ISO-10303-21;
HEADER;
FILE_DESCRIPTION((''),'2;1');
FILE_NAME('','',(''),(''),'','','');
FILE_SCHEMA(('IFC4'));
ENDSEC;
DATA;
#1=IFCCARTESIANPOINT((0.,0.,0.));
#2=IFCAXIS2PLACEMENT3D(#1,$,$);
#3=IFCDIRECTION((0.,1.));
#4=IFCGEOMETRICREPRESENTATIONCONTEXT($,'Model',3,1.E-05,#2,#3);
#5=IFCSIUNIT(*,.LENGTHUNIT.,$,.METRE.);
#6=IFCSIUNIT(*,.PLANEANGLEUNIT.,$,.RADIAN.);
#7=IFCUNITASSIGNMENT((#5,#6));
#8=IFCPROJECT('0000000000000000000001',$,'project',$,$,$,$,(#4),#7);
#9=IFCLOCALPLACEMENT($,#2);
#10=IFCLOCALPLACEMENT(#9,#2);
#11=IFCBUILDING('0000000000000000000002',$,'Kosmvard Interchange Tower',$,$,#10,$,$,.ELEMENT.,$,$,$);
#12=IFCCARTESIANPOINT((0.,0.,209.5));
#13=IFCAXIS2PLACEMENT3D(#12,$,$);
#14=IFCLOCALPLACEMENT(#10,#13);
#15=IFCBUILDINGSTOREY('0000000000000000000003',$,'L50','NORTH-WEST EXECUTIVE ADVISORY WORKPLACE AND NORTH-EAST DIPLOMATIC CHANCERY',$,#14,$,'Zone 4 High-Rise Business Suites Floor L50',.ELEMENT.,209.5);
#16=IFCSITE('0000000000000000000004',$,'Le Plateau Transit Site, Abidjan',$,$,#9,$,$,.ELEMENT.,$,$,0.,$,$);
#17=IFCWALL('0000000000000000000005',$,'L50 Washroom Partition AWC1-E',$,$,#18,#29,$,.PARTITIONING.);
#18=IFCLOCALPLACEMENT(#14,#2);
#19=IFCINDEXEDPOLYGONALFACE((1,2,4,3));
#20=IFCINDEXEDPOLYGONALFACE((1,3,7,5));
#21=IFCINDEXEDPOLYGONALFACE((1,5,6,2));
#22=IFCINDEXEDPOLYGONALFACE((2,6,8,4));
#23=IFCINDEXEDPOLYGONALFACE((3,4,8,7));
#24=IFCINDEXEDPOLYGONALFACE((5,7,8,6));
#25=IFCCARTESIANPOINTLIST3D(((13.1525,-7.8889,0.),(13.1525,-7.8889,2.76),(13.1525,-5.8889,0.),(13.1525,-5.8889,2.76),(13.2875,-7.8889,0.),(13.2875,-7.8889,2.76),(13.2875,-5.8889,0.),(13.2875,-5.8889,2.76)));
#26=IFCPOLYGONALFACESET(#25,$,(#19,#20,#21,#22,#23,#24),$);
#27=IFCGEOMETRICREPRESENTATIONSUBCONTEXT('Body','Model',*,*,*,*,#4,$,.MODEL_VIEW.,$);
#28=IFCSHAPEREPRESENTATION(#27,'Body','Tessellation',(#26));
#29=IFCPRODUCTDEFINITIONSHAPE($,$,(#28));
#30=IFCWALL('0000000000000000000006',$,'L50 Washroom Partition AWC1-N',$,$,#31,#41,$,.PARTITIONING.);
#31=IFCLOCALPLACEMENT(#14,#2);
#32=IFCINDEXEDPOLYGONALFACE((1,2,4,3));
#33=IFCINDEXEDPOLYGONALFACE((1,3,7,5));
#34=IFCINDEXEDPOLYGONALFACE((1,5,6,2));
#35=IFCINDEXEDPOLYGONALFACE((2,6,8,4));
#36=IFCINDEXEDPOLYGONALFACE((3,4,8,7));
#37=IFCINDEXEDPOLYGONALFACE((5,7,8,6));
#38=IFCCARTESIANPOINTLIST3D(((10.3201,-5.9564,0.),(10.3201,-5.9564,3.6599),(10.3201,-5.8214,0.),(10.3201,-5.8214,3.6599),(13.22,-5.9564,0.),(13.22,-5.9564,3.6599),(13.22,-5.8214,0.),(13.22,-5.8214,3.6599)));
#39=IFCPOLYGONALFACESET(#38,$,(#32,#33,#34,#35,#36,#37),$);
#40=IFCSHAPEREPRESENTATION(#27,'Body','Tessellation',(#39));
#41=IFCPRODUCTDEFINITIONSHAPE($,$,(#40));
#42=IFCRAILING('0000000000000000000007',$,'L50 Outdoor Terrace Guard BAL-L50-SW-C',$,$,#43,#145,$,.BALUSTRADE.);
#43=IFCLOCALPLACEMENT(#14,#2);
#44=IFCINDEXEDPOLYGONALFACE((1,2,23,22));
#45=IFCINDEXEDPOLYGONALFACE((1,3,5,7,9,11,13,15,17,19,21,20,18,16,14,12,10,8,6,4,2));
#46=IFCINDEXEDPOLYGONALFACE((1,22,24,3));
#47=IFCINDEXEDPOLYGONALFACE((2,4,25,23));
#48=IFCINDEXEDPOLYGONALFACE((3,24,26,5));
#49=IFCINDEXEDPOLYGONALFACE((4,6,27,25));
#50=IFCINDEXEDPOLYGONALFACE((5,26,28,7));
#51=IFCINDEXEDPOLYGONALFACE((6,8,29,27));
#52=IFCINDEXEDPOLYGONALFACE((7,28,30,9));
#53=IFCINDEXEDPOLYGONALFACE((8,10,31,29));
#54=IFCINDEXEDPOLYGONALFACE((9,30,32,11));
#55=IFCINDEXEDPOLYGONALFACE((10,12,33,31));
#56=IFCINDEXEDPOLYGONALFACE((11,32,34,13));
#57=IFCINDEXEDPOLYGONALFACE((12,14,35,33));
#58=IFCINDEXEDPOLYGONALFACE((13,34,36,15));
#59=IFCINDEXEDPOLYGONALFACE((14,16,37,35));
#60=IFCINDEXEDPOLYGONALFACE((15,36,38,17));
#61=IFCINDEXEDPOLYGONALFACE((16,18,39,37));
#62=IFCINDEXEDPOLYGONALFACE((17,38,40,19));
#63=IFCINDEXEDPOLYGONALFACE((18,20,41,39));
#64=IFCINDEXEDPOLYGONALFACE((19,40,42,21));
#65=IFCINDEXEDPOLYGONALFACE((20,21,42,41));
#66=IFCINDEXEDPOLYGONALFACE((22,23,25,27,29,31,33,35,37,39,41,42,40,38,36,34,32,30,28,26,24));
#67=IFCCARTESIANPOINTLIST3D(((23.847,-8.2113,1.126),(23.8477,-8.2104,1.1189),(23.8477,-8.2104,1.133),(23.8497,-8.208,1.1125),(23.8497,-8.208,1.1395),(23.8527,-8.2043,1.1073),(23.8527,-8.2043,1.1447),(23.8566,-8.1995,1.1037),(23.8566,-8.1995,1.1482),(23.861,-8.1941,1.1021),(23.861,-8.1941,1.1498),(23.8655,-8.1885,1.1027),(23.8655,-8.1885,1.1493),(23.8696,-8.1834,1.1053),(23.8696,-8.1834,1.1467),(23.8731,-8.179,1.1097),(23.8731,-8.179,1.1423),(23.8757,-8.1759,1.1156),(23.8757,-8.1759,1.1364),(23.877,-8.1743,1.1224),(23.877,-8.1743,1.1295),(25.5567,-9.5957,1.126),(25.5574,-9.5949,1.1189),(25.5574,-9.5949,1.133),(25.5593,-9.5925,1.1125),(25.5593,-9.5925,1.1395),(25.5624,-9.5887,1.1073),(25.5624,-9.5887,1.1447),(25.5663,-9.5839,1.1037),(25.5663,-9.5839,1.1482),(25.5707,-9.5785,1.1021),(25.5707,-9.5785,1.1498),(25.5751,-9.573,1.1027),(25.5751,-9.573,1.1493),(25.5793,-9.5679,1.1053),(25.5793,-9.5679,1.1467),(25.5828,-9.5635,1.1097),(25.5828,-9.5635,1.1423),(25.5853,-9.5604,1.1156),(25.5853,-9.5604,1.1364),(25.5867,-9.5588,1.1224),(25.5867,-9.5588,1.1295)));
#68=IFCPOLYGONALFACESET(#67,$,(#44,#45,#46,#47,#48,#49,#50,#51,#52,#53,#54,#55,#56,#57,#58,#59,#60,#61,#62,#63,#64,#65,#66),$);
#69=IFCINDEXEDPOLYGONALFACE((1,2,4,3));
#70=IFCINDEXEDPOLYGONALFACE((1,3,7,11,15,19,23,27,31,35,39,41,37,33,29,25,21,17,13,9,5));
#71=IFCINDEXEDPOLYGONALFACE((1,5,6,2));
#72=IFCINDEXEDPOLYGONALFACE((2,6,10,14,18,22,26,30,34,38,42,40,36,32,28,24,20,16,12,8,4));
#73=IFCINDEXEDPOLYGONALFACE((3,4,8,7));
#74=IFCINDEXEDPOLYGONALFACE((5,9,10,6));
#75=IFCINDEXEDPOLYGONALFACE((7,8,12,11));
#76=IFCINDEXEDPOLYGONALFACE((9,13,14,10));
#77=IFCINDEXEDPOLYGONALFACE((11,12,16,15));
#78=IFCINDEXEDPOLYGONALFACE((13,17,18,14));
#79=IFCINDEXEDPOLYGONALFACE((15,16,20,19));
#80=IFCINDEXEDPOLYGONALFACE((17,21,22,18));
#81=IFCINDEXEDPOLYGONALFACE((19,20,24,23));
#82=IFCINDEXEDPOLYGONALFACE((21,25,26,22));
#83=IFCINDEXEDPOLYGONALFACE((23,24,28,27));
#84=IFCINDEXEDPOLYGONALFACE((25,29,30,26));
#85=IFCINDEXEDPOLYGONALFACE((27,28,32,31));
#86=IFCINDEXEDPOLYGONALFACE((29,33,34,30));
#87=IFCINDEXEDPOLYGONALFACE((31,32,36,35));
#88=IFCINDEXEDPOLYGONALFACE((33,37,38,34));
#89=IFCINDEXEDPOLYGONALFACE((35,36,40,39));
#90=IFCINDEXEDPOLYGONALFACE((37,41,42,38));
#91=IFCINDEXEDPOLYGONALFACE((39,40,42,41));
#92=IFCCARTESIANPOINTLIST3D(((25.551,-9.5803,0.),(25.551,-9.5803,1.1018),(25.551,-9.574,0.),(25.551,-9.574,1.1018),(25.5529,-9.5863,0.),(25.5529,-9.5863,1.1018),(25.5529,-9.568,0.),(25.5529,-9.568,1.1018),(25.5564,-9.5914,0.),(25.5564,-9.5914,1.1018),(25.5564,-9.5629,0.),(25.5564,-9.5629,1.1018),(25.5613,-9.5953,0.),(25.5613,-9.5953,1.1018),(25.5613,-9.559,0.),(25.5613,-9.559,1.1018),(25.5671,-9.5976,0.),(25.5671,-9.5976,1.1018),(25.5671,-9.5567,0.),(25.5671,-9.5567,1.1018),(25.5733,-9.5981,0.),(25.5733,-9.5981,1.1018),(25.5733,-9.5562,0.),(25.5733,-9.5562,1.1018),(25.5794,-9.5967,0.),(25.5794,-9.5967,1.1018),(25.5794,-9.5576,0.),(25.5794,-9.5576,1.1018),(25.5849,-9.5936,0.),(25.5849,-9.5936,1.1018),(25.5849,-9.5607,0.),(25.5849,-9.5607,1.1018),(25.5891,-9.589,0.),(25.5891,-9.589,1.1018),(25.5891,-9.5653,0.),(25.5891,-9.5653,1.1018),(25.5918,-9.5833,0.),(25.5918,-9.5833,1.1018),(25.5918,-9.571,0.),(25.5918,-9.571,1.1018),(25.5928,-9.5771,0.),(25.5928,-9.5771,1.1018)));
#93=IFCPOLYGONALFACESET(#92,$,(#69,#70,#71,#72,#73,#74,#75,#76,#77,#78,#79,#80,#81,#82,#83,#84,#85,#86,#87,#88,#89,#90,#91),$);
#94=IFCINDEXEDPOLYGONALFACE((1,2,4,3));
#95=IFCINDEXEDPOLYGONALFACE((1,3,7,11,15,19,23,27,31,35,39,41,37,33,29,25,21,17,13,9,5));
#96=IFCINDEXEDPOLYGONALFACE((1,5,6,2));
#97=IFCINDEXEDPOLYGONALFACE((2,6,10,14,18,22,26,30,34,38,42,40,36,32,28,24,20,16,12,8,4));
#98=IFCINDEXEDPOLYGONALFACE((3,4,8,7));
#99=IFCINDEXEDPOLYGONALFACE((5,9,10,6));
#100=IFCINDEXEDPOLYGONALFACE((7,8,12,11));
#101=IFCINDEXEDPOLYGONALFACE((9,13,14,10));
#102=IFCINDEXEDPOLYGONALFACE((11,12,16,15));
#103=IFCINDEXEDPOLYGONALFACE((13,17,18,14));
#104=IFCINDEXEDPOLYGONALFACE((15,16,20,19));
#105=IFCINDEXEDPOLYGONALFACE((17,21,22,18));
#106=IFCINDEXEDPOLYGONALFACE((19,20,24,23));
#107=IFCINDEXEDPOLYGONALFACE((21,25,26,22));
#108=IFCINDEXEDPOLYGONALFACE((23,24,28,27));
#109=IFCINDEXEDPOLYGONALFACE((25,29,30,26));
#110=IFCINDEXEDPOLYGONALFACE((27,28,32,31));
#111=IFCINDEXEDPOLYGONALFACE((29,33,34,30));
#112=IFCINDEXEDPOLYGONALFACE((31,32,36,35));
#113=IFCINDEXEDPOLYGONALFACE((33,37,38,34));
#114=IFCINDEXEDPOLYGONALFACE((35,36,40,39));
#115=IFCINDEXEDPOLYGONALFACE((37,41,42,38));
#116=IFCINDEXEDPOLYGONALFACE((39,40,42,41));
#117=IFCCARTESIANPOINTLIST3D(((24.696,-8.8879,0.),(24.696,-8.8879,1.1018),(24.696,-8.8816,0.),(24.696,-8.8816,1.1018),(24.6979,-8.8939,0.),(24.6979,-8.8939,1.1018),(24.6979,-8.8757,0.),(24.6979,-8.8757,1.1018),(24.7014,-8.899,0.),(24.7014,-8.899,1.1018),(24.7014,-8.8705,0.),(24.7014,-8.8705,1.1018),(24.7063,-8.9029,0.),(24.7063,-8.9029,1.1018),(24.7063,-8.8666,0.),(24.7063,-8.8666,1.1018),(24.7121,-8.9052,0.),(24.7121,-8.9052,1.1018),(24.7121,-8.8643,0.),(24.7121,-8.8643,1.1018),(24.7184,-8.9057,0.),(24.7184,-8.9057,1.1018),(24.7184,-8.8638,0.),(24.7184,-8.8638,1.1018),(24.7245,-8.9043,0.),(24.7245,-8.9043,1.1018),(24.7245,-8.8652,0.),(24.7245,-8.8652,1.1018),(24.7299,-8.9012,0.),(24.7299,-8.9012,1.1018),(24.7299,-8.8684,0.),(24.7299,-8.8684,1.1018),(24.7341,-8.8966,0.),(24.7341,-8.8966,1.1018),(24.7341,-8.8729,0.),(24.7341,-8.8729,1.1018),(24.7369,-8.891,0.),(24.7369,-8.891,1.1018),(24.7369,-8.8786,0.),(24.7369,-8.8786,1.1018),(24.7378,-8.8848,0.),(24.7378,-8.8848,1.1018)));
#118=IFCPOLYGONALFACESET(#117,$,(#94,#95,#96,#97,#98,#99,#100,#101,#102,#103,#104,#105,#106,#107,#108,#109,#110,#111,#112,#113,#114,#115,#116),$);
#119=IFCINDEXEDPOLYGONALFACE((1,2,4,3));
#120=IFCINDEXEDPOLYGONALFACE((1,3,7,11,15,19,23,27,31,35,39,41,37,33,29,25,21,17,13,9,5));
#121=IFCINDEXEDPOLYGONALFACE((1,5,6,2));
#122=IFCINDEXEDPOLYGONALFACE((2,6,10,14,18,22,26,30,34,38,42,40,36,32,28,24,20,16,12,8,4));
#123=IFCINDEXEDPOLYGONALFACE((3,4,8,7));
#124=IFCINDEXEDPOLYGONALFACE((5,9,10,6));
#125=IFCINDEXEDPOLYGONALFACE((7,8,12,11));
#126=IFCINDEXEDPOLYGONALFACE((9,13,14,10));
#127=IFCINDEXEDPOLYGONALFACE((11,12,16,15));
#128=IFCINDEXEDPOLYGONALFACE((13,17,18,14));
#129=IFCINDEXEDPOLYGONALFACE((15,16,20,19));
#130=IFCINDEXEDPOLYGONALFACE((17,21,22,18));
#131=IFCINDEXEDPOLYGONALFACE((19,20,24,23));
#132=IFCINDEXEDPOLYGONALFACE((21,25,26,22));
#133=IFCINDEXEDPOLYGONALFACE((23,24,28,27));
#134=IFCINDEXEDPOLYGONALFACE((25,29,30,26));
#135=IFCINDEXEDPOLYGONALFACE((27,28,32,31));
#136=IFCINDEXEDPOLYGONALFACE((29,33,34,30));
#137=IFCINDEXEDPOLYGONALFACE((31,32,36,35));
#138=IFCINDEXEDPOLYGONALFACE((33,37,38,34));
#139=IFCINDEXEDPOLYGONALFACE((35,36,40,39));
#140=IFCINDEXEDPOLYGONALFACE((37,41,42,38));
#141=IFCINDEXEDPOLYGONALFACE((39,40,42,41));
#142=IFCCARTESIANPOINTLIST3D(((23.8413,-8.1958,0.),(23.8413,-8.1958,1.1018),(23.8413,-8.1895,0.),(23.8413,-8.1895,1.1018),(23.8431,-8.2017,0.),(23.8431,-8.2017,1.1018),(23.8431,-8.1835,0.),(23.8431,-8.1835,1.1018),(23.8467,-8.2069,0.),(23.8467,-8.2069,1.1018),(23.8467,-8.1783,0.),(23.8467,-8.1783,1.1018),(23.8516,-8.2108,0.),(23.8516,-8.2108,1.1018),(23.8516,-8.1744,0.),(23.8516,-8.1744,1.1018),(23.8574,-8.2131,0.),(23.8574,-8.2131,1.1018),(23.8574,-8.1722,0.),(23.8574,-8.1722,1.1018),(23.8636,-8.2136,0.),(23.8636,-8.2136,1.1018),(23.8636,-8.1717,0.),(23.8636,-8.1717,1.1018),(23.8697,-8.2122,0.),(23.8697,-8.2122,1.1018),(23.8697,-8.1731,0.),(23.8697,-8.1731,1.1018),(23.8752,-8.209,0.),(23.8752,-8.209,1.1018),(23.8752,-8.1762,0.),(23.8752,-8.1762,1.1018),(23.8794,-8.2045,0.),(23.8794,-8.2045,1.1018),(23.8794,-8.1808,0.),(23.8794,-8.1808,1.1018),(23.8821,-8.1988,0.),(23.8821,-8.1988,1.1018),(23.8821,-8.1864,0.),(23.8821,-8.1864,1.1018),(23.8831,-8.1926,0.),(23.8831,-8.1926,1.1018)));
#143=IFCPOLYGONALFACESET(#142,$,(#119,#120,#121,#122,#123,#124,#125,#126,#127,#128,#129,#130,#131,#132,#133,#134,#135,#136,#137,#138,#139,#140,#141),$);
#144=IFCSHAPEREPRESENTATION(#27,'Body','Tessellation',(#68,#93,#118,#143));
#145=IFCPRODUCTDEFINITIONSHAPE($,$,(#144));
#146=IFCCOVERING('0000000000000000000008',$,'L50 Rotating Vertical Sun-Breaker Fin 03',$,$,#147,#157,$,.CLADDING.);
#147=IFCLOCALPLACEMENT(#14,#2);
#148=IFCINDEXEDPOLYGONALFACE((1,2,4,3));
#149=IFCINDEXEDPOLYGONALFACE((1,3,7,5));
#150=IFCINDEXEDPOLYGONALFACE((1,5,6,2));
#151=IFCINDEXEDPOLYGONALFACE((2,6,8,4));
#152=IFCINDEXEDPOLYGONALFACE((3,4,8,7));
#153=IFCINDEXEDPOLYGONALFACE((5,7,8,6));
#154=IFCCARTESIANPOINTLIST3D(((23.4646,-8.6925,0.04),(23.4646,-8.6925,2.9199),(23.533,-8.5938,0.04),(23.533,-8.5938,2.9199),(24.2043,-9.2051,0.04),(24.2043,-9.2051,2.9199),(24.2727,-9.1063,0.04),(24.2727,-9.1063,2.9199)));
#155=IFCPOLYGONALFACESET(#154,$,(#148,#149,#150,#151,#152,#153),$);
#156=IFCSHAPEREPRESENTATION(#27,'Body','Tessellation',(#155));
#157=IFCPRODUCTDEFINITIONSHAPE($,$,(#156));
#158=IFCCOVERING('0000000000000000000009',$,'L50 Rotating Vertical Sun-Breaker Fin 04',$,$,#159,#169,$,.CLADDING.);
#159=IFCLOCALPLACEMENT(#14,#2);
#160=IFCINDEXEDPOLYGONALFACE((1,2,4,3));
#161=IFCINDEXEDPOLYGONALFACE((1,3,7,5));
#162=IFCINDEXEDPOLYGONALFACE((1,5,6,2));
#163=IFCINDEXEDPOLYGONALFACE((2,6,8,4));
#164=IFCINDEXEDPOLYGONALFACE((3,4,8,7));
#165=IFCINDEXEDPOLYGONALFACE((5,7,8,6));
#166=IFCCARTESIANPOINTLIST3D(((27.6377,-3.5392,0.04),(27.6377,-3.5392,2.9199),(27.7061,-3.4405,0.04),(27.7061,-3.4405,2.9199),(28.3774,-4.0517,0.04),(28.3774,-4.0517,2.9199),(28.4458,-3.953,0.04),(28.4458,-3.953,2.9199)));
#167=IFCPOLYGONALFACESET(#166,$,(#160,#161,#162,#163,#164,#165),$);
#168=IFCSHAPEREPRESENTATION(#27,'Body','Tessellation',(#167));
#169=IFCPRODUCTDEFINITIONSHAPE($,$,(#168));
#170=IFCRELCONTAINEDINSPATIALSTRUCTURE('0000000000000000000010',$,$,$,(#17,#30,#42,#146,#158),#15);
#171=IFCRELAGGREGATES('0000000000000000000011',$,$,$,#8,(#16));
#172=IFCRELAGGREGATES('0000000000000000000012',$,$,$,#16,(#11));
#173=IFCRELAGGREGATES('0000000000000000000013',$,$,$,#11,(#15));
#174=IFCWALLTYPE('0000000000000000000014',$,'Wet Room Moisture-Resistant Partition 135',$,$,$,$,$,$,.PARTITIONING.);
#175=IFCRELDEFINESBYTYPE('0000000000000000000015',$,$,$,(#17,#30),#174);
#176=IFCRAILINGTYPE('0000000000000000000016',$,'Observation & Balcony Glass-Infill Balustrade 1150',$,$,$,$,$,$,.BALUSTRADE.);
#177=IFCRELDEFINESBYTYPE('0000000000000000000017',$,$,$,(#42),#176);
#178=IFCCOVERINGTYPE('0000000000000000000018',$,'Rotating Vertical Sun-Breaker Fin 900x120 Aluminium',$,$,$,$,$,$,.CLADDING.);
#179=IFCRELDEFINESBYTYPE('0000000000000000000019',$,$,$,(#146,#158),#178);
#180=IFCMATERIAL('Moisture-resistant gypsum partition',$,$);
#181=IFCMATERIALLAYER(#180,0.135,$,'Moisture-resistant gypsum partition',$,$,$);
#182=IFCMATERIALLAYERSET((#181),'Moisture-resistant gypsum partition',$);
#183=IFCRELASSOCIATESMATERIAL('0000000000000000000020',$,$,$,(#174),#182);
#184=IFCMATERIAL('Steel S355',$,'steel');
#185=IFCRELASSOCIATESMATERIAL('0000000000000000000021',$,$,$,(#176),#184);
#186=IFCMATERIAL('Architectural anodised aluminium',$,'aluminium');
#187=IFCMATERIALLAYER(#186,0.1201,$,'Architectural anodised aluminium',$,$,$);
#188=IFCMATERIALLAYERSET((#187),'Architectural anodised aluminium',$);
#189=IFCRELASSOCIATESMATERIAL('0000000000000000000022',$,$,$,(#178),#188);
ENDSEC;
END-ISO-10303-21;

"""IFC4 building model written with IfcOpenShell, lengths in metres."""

from ifc_helpers import new_model, si_unit, direction, frame, frame_2d, origin, origin_2d, place, context, subcontext, project, spatial, rectangle, circle, extrude, source, transform, mapped, material, layer, layer_set, type_object, element, save


model = new_model("IFC4")

# Units and contexts
model_context = context("Model", 3, precision=1e-05, world=origin(), true_north=direction((0.0, 1.0)))
body_context = subcontext(model_context, "Body", "Model", "MODEL_VIEW")
ifc_project = project(units=[si_unit("LENGTHUNIT", "METRE"), si_unit("PLANEANGLEUNIT", "RADIAN")], contexts=[model_context])

# Site, building, storey
site_placement = place(None, origin())
site = spatial("IfcSite", under=ifc_project, at=site_placement, Name="Le Plateau Transit Site, Abidjan", CompositionType="ELEMENT", RefElevation=0.0)
building_placement = place(site_placement, origin())
building = spatial("IfcBuilding", under=site, at=building_placement, Name="Kosmvard Interchange Tower", CompositionType="ELEMENT")
storey_placement = place(building_placement, frame((0.0, 0.0, 209.5)))
storey = spatial("IfcBuildingStorey", under=building, at=storey_placement, Name="L50", Description="NORTH-WEST EXECUTIVE ADVISORY WORKPLACE AND NORTH-EAST DIPLOMATIC CHANCERY", LongName="Zone 4 High-Rise Business Suites Floor L50", CompositionType="ELEMENT", Elevation=209.5)

# Shared definitions
ifc_material_1 = material(Name="Steel S355", Category="steel")

# Walls
ifc_material_2 = material(Name="Moisture-resistant gypsum partition")
ifc_layer_1 = layer(ifc_material_2, 0.135, Name="Moisture-resistant gypsum partition")
ifc_layer_set_1 = layer_set([ifc_layer_1], Name="Moisture-resistant gypsum partition")
wall_type_1 = type_object("IfcWallType", Name="Wet Room Moisture-Resistant Partition 135", PredefinedType="PARTITIONING", material=ifc_layer_set_1)
wall_1_placement = place(storey_placement, frame((13.22, -7.8889, 0.0), z_axis=(0.0, 0.0, 1.0), x_axis=(0.0, 1.0, 0.0)))
element("IfcWall", 1, at=wall_1_placement, inside=storey, type_object=wall_type_1, Name="L50 Washroom Partition AWC1-E", PredefinedType="PARTITIONING", context=body_context, shape_type="SweptSolid", body=[
    extrude(rectangle(XDim=2.0, YDim=0.135, at=frame_2d((1.0, 0.0))), origin(), (0.0, 0.0, 1.0), 2.76),
])
wall_2_placement = place(storey_placement, frame((10.3201, -5.8889, 0.0), z_axis=(0.0, 0.0, 1.0), x_axis=(1.0, 0.0, 0.0)))
element("IfcWall", 2, at=wall_2_placement, inside=storey, type_object=wall_type_1, Name="L50 Washroom Partition AWC1-N", PredefinedType="PARTITIONING", context=body_context, shape_type="SweptSolid", body=[
    extrude(rectangle(XDim=2.8999, YDim=0.135, at=frame_2d((1.45, 0.0))), origin(), (0.0, 0.0, 1.0), 3.6599),
])

# Railing
railing_type = type_object("IfcRailingType", Name="Observation & Balcony Glass-Infill Balustrade 1150", PredefinedType="BALUSTRADE", material=ifc_material_1)
shared_shape_1 = source(origin(), body_context, "Body", "SweptSolid", [
    extrude(circle(Radius=0.0239, at=origin_2d()), frame((0.0, 0.0, 1.126), z_axis=(-0.777141, 0.629326, 0.0), x_axis=(-0.629326, -0.777141, 0.0)), (0.0, 0.0, 1.0), 2.2),
    extrude(circle(Radius=0.021, at=origin_2d()), origin(), (0.0, 0.0, 1.0), 1.1018),
    extrude(circle(Radius=0.021, at=origin_2d()), frame((-0.855, 0.6924, 0.0)), (0.0, 0.0, 1.0), 1.1018),
    extrude(circle(Radius=0.021, at=origin_2d()), frame((-1.7097, 1.3845, 0.0)), (0.0, 0.0, 1.0), 1.1018),
])
railing_placement = place(storey_placement, frame((25.5718, -9.5771, 0.0)))
element("IfcRailing", 3, at=railing_placement, inside=storey, type_object=railing_type, Name="L50 Outdoor Terrace Guard BAL-L50-SW-C", PredefinedType="BALUSTRADE", context=body_context, shape_type="MappedRepresentation", body=[
    mapped(shared_shape_1, transform((0.0, 0.0, 0.0), scale=1.0)),
])

# Coverings
ifc_material_3 = material(Name="Architectural anodised aluminium", Category="aluminium")
ifc_layer_2 = layer(ifc_material_3, 0.1201, Name="Architectural anodised aluminium")
ifc_layer_set_2 = layer_set([ifc_layer_2], Name="Architectural anodised aluminium")
covering_type = type_object("IfcCoveringType", Name="Rotating Vertical Sun-Breaker Fin 900x120 Aluminium", PredefinedType="CLADDING", material=ifc_layer_set_2)
shared_shape_2 = source(origin(), body_context, "Body", "SweptSolid", [
    extrude(rectangle(XDim=0.8999, YDim=0.1201, at=origin_2d()), origin(), (0.0, 0.0, 1.0), 2.8799),
])
for number, where, z_axis, x_axis, name in (
    (4, (23.8687, -8.8994, 0.04), (0.0, 0.0, 1.0), (0.821945, -0.569566, 0.0), "L50 Rotating Vertical Sun-Breaker Fin 03"),
    (5, (28.0417, -3.7461, 0.04), (0.0, 0.0, 1.0), (0.821945, -0.569566, 0.0), "L50 Rotating Vertical Sun-Breaker Fin 04"),
):
    element("IfcCovering", number, at=place(storey_placement, frame(where, z_axis=z_axis, x_axis=x_axis)), inside=storey, type_object=covering_type, Name=name, PredefinedType="CLADDING", context=body_context, shape_type="MappedRepresentation", body=[
        mapped(shared_shape_2, transform((0.0, 0.0, 0.0), scale=1.0)),
    ])

save(model, "model.ifc")
